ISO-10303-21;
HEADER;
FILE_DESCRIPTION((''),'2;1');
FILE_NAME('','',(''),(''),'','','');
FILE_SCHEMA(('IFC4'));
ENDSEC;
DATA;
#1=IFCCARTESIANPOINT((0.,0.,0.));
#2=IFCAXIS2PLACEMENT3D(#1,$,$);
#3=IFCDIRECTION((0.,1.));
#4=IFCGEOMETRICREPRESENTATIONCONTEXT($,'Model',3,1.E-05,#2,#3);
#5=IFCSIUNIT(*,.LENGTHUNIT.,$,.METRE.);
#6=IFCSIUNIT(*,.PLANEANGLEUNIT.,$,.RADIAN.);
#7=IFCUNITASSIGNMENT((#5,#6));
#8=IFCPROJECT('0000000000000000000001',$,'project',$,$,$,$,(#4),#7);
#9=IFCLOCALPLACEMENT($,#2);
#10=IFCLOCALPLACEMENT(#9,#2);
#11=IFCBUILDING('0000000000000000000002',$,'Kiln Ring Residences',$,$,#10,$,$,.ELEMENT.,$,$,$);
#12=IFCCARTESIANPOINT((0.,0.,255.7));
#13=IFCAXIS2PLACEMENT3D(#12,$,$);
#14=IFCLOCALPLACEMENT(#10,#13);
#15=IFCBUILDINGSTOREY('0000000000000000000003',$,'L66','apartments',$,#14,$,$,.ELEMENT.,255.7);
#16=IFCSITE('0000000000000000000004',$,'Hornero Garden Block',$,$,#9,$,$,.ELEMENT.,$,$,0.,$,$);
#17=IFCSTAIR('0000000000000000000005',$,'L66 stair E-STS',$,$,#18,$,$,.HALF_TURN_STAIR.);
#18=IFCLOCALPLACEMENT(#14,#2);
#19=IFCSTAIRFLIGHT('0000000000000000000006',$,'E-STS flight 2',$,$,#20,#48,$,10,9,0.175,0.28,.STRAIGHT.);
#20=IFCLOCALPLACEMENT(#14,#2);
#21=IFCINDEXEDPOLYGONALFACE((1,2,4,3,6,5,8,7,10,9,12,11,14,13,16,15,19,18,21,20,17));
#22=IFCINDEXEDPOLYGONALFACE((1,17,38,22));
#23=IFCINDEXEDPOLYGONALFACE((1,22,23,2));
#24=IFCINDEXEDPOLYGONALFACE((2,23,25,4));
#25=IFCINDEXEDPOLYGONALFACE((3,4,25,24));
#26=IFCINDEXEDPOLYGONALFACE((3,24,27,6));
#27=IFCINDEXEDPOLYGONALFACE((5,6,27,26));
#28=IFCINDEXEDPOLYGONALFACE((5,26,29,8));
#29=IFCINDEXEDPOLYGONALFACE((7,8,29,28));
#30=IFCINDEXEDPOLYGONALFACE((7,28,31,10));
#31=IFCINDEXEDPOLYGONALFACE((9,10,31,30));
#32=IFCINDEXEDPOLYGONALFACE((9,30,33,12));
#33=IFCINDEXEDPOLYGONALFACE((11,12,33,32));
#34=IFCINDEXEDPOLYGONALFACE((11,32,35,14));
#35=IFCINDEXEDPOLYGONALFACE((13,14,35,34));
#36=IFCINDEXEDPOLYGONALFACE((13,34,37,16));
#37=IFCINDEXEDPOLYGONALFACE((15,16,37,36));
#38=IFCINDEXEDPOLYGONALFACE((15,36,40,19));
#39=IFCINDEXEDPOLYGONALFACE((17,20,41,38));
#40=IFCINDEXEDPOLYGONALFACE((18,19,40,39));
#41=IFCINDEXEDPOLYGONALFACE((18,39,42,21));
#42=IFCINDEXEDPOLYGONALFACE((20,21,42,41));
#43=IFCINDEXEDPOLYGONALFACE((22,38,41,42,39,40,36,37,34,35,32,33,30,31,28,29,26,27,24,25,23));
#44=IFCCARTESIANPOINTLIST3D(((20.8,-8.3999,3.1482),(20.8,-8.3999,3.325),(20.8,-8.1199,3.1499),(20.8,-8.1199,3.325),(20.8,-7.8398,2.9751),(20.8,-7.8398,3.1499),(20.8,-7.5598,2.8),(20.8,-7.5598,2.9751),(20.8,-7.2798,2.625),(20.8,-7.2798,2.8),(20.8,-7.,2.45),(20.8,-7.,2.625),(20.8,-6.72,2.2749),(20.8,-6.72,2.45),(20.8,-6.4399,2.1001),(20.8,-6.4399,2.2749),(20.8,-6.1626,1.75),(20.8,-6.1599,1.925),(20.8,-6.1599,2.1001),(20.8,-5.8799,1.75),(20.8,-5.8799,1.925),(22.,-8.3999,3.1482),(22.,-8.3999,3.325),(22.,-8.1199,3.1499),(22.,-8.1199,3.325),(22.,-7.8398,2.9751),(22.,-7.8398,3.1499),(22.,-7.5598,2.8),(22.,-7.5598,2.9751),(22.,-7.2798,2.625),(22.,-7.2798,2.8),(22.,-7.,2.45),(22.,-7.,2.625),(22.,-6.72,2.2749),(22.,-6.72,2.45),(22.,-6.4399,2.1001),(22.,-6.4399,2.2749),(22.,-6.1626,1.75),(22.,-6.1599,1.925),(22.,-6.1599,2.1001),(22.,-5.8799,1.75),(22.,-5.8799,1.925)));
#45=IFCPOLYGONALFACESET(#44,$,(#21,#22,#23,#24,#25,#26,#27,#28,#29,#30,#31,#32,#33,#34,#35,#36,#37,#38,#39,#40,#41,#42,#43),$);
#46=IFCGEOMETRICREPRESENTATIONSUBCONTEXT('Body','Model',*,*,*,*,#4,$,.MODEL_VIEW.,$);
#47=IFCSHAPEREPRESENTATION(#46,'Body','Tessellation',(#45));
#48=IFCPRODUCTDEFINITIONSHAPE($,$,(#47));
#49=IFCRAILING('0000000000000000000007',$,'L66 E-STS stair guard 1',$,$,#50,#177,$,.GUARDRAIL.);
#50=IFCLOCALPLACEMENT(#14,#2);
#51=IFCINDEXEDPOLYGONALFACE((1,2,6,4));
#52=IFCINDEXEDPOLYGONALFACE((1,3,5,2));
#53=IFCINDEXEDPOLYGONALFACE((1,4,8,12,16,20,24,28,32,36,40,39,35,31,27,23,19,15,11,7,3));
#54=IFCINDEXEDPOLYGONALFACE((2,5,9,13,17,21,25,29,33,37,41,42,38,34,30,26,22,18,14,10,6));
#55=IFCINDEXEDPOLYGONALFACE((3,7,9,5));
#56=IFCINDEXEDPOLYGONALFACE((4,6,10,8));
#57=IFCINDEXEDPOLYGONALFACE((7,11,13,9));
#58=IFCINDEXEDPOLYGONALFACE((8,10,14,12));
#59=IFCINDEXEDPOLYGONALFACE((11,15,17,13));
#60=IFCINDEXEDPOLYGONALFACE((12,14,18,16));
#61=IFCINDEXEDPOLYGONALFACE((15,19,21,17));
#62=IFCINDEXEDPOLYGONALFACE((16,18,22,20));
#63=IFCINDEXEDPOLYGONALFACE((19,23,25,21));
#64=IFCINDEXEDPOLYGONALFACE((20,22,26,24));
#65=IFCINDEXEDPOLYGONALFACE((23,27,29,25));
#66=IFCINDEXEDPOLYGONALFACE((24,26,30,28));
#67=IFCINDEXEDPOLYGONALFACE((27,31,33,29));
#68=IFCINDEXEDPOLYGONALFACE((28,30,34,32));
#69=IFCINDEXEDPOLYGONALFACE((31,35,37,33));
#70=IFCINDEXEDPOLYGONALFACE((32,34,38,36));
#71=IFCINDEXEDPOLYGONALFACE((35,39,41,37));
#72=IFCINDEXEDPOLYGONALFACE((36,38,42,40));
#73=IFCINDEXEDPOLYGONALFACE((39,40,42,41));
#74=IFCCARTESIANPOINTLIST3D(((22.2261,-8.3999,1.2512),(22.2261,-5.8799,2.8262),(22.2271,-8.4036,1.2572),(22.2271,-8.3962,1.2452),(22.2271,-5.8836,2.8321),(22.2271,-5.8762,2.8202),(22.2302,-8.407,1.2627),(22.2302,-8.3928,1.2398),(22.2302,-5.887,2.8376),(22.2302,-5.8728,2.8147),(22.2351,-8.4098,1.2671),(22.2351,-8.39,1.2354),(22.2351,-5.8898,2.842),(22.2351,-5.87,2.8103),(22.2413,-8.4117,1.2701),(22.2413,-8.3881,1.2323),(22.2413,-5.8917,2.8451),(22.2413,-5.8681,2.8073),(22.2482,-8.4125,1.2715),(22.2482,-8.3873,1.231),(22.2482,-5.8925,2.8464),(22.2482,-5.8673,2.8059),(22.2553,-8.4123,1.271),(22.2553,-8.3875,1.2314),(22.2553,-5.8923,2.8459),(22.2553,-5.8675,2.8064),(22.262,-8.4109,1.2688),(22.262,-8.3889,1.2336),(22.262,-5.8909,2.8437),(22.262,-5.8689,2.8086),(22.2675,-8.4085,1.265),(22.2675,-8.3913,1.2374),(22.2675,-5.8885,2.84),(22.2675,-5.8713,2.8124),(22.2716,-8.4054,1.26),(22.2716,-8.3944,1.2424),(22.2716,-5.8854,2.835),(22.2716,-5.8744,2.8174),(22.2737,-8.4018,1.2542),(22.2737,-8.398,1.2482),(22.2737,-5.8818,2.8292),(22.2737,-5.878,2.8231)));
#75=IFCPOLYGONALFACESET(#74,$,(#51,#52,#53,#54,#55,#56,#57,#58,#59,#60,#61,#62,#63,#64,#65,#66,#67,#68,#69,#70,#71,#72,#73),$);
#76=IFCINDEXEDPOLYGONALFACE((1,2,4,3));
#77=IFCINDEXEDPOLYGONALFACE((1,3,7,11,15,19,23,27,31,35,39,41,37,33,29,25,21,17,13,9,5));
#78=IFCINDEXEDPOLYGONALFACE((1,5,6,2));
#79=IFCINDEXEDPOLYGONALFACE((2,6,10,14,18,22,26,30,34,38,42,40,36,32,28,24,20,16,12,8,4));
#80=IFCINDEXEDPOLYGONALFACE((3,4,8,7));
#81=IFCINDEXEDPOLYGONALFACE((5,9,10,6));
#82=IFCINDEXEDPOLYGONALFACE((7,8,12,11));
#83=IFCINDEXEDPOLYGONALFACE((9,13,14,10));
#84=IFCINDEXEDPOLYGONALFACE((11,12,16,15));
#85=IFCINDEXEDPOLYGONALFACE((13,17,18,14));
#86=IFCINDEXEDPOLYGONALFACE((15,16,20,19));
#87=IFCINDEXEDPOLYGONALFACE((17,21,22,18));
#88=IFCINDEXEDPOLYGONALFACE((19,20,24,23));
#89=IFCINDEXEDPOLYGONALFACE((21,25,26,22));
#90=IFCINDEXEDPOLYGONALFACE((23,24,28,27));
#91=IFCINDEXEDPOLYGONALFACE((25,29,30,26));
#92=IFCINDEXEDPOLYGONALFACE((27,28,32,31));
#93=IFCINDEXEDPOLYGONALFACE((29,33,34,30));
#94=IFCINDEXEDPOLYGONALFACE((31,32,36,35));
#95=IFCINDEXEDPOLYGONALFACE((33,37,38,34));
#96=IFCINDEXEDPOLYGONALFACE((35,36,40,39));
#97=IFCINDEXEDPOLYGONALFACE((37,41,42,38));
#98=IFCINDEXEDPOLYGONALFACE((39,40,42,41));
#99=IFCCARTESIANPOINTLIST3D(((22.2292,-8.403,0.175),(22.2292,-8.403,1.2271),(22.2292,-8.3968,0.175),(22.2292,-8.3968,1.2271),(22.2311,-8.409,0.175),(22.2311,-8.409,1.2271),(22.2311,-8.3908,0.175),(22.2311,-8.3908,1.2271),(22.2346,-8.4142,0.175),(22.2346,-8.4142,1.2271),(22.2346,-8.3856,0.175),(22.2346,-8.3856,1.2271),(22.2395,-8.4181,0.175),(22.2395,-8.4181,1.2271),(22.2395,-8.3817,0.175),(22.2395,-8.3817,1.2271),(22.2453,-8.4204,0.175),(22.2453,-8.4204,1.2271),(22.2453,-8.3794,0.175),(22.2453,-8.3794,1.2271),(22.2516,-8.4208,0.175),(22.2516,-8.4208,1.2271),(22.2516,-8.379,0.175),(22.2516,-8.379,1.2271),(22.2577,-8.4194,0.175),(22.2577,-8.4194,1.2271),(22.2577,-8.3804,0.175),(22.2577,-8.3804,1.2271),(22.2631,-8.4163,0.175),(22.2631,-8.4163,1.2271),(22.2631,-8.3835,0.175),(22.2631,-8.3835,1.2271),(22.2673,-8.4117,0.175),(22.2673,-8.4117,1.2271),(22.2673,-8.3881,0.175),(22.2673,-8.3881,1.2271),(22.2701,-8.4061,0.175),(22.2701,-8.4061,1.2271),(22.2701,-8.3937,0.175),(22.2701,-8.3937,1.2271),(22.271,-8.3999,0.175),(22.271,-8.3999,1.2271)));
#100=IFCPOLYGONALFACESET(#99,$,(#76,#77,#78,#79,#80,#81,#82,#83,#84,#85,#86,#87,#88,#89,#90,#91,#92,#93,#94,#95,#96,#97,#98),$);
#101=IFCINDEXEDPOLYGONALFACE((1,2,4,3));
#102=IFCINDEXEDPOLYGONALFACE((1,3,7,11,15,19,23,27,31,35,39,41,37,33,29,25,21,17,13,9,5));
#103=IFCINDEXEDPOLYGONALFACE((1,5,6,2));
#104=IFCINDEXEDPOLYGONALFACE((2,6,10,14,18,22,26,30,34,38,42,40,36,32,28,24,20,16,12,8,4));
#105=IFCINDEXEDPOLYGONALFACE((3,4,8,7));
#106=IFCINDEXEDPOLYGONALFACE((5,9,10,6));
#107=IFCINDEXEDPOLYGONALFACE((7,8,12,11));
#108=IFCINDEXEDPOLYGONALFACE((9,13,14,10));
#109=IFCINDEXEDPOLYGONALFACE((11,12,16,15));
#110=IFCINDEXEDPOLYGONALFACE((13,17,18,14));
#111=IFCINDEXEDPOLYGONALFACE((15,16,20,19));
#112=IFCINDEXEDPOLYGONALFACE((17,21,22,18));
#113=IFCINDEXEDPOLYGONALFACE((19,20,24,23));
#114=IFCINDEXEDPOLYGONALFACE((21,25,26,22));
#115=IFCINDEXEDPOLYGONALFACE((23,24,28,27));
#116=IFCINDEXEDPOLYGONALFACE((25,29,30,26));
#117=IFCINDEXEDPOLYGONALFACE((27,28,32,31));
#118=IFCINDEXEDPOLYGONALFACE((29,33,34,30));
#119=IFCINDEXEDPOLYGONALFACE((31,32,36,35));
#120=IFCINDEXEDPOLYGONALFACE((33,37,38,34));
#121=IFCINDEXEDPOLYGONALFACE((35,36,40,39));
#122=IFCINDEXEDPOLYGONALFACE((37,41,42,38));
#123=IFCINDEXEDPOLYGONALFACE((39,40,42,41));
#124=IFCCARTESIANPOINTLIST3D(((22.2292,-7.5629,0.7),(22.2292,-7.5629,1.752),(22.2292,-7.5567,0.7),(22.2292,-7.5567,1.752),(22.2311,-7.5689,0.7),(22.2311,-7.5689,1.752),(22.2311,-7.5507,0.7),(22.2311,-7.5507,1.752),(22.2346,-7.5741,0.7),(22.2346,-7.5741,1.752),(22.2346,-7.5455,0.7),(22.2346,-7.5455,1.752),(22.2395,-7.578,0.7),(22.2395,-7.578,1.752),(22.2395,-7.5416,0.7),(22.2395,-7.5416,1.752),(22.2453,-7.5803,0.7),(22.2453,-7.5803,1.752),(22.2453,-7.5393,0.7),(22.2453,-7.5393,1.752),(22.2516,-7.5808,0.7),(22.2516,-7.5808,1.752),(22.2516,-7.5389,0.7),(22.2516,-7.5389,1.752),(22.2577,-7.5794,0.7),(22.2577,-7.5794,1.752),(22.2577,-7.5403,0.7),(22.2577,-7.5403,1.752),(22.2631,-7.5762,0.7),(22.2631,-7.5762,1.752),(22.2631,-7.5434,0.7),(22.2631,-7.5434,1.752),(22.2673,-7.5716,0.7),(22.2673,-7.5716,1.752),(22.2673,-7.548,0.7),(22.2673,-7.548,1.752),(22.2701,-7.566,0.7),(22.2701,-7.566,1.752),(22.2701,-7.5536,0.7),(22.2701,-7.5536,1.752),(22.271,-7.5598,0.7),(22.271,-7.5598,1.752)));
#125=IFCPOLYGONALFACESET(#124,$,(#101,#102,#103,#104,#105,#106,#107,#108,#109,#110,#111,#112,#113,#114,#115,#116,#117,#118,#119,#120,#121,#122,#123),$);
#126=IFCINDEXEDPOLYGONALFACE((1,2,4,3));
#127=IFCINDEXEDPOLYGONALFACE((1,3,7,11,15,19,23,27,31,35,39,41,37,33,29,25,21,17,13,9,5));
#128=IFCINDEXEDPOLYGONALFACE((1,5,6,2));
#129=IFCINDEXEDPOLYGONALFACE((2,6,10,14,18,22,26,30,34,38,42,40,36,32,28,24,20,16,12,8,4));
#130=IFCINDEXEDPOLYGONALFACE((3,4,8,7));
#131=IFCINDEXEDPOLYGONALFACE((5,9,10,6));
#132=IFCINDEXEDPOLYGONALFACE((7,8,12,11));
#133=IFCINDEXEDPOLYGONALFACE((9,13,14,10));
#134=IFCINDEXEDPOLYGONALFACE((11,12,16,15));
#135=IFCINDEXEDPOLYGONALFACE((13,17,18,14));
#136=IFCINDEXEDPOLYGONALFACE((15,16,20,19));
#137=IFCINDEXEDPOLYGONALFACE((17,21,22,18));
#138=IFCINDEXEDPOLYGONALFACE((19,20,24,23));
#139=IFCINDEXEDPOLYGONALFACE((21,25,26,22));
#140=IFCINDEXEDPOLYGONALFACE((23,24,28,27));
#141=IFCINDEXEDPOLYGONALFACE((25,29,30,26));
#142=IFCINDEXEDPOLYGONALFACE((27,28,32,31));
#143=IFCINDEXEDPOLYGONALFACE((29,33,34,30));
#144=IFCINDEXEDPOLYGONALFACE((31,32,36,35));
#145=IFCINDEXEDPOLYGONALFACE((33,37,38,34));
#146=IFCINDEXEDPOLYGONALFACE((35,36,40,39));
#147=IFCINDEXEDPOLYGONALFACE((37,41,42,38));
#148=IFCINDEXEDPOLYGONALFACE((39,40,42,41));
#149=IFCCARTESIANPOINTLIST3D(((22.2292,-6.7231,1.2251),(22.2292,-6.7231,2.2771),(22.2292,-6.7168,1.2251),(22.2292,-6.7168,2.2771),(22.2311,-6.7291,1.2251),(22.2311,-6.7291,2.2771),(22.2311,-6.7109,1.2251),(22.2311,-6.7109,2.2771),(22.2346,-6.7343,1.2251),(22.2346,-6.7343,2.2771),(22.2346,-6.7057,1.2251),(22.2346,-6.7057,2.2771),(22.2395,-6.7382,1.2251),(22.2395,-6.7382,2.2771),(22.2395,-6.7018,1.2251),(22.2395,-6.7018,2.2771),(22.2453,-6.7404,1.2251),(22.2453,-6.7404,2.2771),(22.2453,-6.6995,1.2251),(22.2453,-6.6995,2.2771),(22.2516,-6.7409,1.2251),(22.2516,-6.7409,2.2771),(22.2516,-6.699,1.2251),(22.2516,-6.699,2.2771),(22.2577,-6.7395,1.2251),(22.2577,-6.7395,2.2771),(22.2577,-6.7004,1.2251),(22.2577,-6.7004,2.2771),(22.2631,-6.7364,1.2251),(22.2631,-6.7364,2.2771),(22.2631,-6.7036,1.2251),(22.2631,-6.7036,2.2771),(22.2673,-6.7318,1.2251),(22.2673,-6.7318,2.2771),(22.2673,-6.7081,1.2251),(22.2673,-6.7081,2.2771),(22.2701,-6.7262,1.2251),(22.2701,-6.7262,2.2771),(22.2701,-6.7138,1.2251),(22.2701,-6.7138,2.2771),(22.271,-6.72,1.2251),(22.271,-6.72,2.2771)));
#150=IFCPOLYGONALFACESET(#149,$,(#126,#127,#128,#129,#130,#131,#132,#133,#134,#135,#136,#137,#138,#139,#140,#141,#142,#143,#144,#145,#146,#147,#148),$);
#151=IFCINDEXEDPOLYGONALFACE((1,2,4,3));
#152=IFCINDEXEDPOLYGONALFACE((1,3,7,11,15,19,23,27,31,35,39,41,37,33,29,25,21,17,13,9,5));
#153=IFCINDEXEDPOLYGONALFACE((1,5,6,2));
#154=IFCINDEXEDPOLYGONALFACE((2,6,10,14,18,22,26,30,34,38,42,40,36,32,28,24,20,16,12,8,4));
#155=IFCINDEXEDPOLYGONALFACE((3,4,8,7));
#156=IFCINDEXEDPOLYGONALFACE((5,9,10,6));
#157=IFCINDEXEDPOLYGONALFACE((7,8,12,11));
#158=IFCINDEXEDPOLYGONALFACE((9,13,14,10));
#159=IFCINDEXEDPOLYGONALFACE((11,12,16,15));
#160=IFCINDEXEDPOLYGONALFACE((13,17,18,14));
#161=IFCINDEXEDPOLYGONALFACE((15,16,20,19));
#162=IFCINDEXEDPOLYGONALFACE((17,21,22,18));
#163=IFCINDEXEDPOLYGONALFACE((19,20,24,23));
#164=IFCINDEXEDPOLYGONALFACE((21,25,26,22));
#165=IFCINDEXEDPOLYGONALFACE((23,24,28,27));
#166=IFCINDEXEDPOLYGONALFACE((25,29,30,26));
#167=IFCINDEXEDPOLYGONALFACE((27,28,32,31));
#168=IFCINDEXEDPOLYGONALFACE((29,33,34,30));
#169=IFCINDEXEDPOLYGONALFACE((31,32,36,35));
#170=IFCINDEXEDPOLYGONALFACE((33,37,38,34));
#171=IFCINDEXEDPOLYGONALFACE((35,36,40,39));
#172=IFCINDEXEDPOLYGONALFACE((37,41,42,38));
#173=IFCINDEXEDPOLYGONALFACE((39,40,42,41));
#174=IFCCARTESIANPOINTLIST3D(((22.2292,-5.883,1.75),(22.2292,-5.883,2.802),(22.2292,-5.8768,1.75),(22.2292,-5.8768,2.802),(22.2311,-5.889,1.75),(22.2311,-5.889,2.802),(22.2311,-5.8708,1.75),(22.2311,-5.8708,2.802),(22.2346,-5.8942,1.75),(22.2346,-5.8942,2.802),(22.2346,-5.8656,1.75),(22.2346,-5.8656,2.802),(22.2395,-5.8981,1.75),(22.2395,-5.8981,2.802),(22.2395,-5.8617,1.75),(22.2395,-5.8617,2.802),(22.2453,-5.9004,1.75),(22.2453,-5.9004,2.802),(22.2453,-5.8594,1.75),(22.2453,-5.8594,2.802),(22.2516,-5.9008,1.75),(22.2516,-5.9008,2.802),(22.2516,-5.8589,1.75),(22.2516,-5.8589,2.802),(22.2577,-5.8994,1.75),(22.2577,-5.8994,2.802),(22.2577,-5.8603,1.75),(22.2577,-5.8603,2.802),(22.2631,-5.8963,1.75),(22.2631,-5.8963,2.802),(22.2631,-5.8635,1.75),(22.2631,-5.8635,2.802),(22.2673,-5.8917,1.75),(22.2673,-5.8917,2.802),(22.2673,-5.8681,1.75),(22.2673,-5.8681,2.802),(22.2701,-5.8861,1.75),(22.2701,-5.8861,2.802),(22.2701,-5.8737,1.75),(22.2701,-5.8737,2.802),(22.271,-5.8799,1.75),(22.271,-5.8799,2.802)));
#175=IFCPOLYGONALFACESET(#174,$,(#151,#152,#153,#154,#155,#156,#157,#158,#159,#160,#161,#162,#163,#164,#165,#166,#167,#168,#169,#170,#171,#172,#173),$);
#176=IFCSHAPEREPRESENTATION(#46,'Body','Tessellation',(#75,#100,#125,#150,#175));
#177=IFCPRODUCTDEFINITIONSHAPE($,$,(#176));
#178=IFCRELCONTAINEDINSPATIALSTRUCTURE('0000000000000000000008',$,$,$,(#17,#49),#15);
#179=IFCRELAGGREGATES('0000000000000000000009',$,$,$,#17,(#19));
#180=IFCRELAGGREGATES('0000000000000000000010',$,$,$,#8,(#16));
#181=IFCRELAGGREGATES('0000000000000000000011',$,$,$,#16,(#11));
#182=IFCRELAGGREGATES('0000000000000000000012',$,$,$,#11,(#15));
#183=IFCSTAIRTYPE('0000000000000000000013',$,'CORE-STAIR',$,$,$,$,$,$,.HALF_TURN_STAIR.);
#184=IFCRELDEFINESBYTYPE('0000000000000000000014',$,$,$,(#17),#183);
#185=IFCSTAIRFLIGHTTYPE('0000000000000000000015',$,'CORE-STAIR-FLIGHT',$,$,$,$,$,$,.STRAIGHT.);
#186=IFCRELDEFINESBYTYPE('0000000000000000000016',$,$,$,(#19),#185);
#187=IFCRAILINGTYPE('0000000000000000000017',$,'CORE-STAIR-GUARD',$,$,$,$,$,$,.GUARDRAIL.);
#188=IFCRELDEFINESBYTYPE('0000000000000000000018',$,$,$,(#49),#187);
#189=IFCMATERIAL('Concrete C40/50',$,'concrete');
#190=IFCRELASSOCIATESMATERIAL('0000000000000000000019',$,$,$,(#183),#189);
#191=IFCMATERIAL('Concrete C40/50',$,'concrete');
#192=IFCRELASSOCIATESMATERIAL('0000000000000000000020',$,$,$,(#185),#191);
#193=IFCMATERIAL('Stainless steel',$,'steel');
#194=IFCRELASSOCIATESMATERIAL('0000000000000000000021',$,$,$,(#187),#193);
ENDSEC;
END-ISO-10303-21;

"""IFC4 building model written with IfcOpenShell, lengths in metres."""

from ifc_helpers import new_model, si_unit, direction, frame, origin, origin_2d, place, context, subcontext, project, spatial, polyline, circle, outline, extrude, material, type_object, element, aggregate, save


model = new_model("IFC4")

# Units and contexts
model_context = context("Model", 3, precision=1e-05, world=origin(), true_north=direction((0.0, 1.0)))
body_context = subcontext(model_context, "Body", "Model", "MODEL_VIEW")
ifc_project = project(units=[si_unit("LENGTHUNIT", "METRE"), si_unit("PLANEANGLEUNIT", "RADIAN")], contexts=[model_context])

# Site, building, storey
site_placement = place(None, origin())
site = spatial("IfcSite", under=ifc_project, at=site_placement, Name="Hornero Garden Block", CompositionType="ELEMENT", RefElevation=0.0)
building_placement = place(site_placement, origin())
building = spatial("IfcBuilding", under=site, at=building_placement, Name="Kiln Ring Residences", CompositionType="ELEMENT")
storey_placement = place(building_placement, frame((0.0, 0.0, 255.7)))
storey = spatial("IfcBuildingStorey", under=building, at=storey_placement, Name="L66", Description="apartments", CompositionType="ELEMENT", Elevation=255.7)

# Stair, stair flight
ifc_material_1 = material(Name="Concrete C40/50", Category="concrete")
stair_type = type_object("IfcStairType", Name="CORE-STAIR", PredefinedType="HALF_TURN_STAIR", material=ifc_material_1)
stair_placement = place(storey_placement, origin())
stair = element("IfcStair", 1, at=stair_placement, inside=storey, type_object=stair_type, Name="L66 stair E-STS", PredefinedType="HALF_TURN_STAIR")
ifc_material_2 = material(Name="Concrete C40/50", Category="concrete")
stair_flight_type = type_object("IfcStairFlightType", Name="CORE-STAIR-FLIGHT", PredefinedType="STRAIGHT", material=ifc_material_2)
stair_flight_1_placement = place(storey_placement, frame((21.3999, -5.8799, 1.75), z_axis=(0.0, 0.0, 1.0), x_axis=(0.0, -1.0, 0.0)))
stair_flight_1 = element("IfcStairFlight", 2, at=stair_flight_1_placement, type_object=stair_flight_type, Name="E-STS flight 2", NumberOfRisers=10, NumberOfTreads=9, PredefinedType="STRAIGHT", RiserHeight=0.175, TreadLength=0.28, context=body_context, shape_type="SweptSolid", body=[
    extrude(outline(polyline([(0.0, 0.0), (0.0, 0.175), (0.28, 0.175), (0.28, 0.3501), (0.5601, 0.3501), (0.5601, 0.5249), (0.8401, 0.5249), (0.8401, 0.7), (1.1201, 0.7), (1.1201, 0.875), (1.3999, 0.875), (1.3999, 1.05), (1.6799, 1.05), (1.6799, 1.2251), (1.96, 1.2251), (1.96, 1.3999), (2.24, 1.3999), (2.24, 1.575), (2.52, 1.575), (2.52, 1.75), (2.52, 1.3982), (0.2827, 0.0), (0.0, 0.0)])), frame((0.0, 0.6001, 0.0), z_axis=(0.0, -1.0, 0.0), x_axis=(1.0, 0.0, 0.0)), (0.0, 0.0, 1.0), 1.2),
])
aggregate(stair, [stair_flight_1])

# Railing
ifc_material_3 = material(Name="Stainless steel", Category="steel")
railing_type_1 = type_object("IfcRailingType", Name="CORE-STAIR-GUARD", PredefinedType="GUARDRAIL", material=ifc_material_3)
railing_1_placement = place(storey_placement, frame((22.25, -8.3999, 0.175)))
element("IfcRailing", 3, at=railing_1_placement, inside=storey, type_object=railing_type_1, Name="L66 E-STS stair guard 1", PredefinedType="GUARDRAIL", context=body_context, shape_type="SweptSolid", body=[
    extrude(circle(Radius=0.0239, at=origin_2d()), frame((0.0, 0.0, 1.0762), z_axis=(0.0, 0.848008, 0.529984), x_axis=(-1.0, 0.0, 0.0)), (0.0, 0.0, 1.0), 2.9717),
    extrude(circle(Radius=0.021, at=origin_2d()), origin(), (0.0, 0.0, 1.0), 1.052),
    extrude(circle(Radius=0.021, at=origin_2d()), frame((0.0, 0.8401, 0.5249)), (0.0, 0.0, 1.0), 1.052),
    extrude(circle(Radius=0.021, at=origin_2d()), frame((0.0, 1.6799, 1.05)), (0.0, 0.0, 1.0), 1.052),
    extrude(circle(Radius=0.021, at=origin_2d()), frame((0.0, 2.52, 1.575)), (0.0, 0.0, 1.0), 1.052),
])

save(model, "model.ifc")
